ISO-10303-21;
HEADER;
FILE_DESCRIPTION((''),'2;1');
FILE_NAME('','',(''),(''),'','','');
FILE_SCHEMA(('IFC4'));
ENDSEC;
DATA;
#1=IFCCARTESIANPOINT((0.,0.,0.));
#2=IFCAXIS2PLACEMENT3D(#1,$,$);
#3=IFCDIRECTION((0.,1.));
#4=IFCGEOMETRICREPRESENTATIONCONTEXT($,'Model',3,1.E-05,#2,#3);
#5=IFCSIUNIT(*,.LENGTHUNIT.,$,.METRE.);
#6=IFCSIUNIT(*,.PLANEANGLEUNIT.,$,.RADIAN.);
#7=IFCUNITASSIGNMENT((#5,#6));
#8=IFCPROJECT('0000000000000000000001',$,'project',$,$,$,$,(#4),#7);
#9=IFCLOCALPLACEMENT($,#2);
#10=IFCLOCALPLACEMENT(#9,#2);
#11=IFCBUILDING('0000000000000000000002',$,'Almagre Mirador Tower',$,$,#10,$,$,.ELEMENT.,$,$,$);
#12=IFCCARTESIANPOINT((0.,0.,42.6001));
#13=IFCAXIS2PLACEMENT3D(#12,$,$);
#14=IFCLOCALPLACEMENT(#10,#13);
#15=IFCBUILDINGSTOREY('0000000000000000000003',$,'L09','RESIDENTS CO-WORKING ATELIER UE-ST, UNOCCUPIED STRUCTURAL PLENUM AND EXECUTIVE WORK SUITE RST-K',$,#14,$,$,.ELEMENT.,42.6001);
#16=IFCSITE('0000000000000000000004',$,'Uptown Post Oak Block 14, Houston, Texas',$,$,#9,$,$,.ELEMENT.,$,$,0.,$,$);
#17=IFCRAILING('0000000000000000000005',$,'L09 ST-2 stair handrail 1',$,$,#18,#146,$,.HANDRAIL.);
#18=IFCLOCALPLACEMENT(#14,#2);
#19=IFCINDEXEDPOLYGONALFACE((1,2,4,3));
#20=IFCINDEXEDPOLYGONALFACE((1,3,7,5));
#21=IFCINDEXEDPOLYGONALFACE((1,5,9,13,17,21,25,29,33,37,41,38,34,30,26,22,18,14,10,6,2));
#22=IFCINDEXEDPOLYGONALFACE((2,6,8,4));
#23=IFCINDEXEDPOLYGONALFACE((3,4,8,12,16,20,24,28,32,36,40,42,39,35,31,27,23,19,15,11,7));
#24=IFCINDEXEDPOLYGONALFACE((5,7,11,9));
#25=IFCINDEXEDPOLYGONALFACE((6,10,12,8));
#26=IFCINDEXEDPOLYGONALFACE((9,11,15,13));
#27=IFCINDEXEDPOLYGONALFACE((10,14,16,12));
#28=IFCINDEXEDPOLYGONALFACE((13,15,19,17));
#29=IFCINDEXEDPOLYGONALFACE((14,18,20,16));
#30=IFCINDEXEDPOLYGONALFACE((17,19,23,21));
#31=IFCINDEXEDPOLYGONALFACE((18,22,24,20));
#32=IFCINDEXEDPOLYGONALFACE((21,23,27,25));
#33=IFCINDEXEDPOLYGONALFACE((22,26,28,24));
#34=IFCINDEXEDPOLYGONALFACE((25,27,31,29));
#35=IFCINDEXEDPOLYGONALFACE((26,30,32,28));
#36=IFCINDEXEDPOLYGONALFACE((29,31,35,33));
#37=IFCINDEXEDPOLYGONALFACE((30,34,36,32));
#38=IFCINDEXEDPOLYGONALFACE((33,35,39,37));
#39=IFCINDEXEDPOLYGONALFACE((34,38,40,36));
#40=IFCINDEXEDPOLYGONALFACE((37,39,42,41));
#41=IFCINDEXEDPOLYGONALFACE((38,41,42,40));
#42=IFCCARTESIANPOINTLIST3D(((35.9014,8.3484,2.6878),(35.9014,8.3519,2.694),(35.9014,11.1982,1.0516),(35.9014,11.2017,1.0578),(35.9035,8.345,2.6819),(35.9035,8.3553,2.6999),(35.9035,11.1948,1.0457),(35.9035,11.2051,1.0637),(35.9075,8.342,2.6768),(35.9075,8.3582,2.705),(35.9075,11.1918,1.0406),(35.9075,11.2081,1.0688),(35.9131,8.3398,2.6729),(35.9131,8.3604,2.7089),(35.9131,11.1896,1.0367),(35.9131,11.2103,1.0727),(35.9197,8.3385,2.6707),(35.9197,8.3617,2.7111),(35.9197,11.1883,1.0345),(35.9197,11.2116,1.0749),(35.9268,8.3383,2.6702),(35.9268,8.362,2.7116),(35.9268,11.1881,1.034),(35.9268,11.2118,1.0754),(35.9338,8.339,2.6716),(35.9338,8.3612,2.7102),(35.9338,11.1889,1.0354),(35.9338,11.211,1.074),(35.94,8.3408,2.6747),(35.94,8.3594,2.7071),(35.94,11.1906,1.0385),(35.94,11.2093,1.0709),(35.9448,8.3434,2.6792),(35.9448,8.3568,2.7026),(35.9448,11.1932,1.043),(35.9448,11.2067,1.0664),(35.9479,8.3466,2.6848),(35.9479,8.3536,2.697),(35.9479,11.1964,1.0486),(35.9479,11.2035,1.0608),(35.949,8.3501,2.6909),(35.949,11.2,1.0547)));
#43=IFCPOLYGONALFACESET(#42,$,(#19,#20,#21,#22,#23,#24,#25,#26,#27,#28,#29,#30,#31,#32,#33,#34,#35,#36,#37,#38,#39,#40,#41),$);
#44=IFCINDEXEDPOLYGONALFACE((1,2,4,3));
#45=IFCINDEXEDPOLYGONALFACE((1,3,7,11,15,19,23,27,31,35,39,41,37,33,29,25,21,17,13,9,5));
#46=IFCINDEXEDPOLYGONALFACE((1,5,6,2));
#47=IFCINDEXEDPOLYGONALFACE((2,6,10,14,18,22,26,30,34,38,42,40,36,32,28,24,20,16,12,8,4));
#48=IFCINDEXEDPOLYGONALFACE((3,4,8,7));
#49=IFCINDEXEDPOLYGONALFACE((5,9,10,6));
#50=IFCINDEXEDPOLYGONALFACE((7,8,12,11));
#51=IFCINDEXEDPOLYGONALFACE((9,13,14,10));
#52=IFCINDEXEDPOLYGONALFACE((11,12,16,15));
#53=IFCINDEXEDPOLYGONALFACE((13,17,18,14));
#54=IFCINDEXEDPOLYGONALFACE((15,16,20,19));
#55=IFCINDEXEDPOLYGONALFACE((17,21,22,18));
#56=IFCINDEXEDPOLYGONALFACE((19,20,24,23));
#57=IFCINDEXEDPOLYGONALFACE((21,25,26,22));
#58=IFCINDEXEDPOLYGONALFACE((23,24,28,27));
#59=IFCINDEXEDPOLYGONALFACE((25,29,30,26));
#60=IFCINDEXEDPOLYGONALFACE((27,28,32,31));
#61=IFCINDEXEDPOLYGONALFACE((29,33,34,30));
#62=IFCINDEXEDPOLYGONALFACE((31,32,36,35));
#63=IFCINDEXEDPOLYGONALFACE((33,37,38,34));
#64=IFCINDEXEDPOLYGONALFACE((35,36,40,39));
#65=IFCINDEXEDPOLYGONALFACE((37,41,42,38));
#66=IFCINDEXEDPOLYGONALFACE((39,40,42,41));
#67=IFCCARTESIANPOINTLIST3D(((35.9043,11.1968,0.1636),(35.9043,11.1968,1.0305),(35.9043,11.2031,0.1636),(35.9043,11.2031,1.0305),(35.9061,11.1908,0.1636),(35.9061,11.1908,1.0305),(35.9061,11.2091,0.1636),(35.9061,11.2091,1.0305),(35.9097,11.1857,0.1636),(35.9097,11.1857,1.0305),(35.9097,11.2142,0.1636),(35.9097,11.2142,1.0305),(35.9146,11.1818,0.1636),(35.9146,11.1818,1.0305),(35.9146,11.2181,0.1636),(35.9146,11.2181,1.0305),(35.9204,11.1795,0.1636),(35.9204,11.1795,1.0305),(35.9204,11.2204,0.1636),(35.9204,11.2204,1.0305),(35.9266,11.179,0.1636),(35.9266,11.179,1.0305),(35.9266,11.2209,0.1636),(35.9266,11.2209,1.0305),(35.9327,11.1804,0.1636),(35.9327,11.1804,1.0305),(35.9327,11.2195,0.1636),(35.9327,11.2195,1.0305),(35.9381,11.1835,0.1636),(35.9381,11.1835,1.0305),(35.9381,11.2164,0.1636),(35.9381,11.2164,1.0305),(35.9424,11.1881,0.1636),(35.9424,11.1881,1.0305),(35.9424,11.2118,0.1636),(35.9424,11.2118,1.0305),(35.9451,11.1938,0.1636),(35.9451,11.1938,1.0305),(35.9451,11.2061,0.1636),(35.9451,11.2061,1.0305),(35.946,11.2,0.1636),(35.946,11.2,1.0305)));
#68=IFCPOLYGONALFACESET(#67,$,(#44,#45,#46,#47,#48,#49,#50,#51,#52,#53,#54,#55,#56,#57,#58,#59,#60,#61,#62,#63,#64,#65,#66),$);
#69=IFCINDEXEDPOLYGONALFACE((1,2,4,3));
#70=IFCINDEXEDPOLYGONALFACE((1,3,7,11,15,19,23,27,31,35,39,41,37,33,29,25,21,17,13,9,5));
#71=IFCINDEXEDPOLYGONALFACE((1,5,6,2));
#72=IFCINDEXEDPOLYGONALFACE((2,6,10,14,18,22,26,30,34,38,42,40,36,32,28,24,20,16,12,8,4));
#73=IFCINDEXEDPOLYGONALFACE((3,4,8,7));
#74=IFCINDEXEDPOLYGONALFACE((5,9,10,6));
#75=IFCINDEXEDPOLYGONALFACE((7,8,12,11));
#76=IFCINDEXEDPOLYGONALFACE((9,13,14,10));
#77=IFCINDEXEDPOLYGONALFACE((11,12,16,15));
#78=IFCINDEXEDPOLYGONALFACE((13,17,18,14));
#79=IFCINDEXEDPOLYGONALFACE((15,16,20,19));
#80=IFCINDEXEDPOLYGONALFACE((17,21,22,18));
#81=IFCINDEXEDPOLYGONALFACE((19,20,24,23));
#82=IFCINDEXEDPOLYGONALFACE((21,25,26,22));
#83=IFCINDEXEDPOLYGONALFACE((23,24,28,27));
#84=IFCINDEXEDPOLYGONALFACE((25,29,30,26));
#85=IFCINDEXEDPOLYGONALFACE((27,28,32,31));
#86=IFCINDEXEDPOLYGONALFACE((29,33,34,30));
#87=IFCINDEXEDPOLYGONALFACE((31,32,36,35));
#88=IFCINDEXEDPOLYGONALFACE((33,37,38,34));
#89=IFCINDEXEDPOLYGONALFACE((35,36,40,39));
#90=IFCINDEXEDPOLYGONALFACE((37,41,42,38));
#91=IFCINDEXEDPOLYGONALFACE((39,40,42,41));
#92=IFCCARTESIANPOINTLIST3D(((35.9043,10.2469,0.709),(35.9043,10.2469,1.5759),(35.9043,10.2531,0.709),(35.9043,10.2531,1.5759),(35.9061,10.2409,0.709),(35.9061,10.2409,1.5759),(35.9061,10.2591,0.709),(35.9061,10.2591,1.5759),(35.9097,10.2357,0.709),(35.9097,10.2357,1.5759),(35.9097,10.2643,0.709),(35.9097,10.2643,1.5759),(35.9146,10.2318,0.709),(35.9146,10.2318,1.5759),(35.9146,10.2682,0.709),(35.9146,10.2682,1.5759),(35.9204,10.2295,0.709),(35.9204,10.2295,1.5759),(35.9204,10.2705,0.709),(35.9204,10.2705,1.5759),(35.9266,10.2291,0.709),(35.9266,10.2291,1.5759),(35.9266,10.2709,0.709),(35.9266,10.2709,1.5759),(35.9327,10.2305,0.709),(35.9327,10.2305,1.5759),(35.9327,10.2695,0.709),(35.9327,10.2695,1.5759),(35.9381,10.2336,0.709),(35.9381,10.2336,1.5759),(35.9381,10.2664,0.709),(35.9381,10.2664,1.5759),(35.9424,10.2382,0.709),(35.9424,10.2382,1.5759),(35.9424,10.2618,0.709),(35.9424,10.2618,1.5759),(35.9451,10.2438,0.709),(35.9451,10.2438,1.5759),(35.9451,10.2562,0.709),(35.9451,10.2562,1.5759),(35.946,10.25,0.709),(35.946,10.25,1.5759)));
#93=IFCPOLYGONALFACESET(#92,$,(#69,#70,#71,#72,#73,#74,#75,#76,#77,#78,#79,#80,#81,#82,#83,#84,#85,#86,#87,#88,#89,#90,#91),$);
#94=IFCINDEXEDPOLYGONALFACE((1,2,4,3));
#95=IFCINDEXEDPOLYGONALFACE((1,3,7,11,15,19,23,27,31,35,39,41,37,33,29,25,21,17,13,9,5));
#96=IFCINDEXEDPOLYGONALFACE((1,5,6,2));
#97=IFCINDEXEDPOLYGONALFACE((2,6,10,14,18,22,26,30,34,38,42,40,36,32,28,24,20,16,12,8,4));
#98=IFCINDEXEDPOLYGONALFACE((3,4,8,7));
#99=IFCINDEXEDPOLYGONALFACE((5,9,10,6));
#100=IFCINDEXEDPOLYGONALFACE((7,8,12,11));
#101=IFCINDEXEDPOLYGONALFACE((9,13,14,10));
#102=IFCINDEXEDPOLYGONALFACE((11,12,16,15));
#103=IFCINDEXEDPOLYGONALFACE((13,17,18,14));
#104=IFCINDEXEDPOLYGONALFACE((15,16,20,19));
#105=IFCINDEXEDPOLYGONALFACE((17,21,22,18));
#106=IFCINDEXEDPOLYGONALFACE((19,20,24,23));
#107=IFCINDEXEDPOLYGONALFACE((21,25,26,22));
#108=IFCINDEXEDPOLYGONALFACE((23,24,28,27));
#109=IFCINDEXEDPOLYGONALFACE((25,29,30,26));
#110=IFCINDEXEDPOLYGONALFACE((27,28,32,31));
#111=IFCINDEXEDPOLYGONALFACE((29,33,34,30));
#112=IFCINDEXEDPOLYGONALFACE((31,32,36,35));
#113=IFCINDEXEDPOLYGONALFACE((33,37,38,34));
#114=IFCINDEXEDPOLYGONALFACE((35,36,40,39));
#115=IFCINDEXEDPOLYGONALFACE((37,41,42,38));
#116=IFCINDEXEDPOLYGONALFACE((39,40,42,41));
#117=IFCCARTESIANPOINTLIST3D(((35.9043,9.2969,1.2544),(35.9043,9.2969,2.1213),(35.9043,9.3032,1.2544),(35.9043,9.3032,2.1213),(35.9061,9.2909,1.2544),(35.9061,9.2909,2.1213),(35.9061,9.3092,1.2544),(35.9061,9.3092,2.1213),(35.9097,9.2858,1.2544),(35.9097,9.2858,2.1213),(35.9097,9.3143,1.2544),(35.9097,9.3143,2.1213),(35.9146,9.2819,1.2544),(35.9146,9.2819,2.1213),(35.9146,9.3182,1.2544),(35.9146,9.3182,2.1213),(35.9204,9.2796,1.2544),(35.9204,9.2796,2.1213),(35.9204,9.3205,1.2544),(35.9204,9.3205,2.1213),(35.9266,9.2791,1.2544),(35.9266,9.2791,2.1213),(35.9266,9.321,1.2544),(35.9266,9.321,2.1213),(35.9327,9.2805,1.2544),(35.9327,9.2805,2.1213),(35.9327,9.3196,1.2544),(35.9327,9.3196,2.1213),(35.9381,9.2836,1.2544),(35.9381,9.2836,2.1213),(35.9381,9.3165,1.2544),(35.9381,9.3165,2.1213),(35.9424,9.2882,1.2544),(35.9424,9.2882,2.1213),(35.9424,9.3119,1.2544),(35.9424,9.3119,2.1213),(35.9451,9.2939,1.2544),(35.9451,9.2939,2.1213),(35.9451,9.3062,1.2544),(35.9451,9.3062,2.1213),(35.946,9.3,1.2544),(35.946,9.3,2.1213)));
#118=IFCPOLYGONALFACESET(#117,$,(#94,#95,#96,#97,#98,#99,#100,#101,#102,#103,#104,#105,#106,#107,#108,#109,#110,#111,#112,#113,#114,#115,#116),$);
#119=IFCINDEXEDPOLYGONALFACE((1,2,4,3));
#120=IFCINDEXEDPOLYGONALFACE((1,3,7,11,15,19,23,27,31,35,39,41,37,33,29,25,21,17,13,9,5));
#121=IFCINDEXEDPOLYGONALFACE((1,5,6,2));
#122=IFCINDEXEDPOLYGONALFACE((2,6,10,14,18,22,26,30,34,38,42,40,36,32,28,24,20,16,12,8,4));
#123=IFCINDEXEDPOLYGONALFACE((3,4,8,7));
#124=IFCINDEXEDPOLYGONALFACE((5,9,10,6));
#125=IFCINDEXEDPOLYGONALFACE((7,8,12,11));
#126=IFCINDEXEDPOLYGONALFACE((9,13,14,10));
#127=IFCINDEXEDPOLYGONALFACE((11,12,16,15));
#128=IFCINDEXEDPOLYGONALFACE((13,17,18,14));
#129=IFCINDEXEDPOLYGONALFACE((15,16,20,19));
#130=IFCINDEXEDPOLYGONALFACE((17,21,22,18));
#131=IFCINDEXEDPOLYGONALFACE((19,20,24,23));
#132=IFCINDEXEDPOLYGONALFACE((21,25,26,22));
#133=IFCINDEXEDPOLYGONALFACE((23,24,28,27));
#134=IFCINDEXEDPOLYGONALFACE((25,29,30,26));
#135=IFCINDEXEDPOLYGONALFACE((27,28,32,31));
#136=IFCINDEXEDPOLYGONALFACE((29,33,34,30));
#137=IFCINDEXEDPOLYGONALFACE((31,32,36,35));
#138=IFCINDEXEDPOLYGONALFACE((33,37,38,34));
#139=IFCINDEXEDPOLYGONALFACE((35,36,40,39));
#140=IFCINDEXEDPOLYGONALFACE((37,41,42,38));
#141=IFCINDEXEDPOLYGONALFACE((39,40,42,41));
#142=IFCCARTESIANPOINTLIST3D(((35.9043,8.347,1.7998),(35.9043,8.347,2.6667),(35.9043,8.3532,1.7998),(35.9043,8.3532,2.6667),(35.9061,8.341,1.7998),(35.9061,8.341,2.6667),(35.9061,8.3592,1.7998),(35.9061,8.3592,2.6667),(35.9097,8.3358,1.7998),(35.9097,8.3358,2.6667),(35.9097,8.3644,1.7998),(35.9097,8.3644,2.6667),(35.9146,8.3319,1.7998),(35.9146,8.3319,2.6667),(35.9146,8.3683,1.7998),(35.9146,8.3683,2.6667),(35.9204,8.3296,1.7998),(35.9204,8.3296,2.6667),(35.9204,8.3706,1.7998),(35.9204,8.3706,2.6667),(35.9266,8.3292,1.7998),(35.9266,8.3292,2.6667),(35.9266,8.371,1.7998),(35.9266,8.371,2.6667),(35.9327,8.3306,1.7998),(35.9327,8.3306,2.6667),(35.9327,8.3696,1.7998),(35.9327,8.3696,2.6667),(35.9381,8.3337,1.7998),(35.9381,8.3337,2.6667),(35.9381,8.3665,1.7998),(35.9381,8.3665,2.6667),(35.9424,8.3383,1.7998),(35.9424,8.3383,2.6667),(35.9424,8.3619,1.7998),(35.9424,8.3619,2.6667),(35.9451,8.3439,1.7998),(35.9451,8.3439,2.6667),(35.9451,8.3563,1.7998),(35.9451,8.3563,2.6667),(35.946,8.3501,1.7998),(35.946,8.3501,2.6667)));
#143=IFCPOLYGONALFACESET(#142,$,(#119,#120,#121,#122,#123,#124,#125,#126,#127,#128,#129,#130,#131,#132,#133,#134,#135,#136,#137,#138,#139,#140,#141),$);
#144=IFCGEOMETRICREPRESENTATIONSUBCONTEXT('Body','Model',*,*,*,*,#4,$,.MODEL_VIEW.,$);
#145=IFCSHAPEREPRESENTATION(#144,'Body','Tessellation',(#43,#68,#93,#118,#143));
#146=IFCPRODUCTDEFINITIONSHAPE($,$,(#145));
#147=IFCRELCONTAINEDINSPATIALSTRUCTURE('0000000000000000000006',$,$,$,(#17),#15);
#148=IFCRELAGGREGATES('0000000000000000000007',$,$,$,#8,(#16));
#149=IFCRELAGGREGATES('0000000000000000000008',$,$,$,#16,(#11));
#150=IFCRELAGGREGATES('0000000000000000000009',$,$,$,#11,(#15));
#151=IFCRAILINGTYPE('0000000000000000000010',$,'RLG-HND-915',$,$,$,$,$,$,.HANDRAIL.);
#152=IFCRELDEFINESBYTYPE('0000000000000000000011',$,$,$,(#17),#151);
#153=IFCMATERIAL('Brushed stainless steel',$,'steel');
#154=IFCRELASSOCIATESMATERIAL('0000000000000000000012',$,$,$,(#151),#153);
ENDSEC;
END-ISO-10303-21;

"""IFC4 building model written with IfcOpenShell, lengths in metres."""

from ifc_helpers import new_model, si_unit, direction, frame, origin, origin_2d, place, context, subcontext, project, spatial, circle, extrude, material, type_object, element, save


model = new_model("IFC4")

# Units and contexts
model_context = context("Model", 3, precision=1e-05, world=origin(), true_north=direction((0.0, 1.0)))
body_context = subcontext(model_context, "Body", "Model", "MODEL_VIEW")
ifc_project = project(units=[si_unit("LENGTHUNIT", "METRE"), si_unit("PLANEANGLEUNIT", "RADIAN")], contexts=[model_context])

# Site, building, storey
site_placement = place(None, origin())
site = spatial("IfcSite", under=ifc_project, at=site_placement, Name="Uptown Post Oak Block 14, Houston, Texas", CompositionType="ELEMENT", RefElevation=0.0)
building_placement = place(site_placement, origin())
building = spatial("IfcBuilding", under=site, at=building_placement, Name="Almagre Mirador Tower", CompositionType="ELEMENT")
storey_placement = place(building_placement, frame((0.0, 0.0, 42.6001)))
storey = spatial("IfcBuildingStorey", under=building, at=storey_placement, Name="L09", Description="RESIDENTS CO-WORKING ATELIER UE-ST, UNOCCUPIED STRUCTURAL PLENUM AND EXECUTIVE WORK SUITE RST-K", CompositionType="ELEMENT", Elevation=42.6001)

# Railing
ifc_material_1 = material(Name="Brushed stainless steel", Category="steel")
railing_type_1 = type_object("IfcRailingType", Name="RLG-HND-915", PredefinedType="HANDRAIL", material=ifc_material_1)
railing_1_placement = place(storey_placement, frame((35.925, 11.2, 0.1636)))
element("IfcRailing", 1, at=railing_1_placement, inside=storey, type_object=railing_type_1, Name="L09 ST-2 stair handrail 1", PredefinedType="HANDRAIL", context=body_context, shape_type="SweptSolid", body=[
    extrude(circle(Radius=0.0239, at=origin_2d()), frame((0.0, 0.0, 0.8911), z_axis=(0.0, -0.867226, 0.497914), x_axis=(1.0, 0.0, 0.0)), (0.0, 0.0, 1.0), 3.2861),
    extrude(circle(Radius=0.021, at=origin_2d()), origin(), (0.0, 0.0, 1.0), 0.8669),
    extrude(circle(Radius=0.021, at=origin_2d()), frame((0.0, -0.95, 0.5454)), (0.0, 0.0, 1.0), 0.8669),
    extrude(circle(Radius=0.021, at=origin_2d()), frame((0.0, -1.8999, 1.0908)), (0.0, 0.0, 1.0), 0.8669),
    extrude(circle(Radius=0.021, at=origin_2d()), frame((0.0, -2.8499, 1.6362)), (0.0, 0.0, 1.0), 0.8669),
])

save(model, "model.ifc")
